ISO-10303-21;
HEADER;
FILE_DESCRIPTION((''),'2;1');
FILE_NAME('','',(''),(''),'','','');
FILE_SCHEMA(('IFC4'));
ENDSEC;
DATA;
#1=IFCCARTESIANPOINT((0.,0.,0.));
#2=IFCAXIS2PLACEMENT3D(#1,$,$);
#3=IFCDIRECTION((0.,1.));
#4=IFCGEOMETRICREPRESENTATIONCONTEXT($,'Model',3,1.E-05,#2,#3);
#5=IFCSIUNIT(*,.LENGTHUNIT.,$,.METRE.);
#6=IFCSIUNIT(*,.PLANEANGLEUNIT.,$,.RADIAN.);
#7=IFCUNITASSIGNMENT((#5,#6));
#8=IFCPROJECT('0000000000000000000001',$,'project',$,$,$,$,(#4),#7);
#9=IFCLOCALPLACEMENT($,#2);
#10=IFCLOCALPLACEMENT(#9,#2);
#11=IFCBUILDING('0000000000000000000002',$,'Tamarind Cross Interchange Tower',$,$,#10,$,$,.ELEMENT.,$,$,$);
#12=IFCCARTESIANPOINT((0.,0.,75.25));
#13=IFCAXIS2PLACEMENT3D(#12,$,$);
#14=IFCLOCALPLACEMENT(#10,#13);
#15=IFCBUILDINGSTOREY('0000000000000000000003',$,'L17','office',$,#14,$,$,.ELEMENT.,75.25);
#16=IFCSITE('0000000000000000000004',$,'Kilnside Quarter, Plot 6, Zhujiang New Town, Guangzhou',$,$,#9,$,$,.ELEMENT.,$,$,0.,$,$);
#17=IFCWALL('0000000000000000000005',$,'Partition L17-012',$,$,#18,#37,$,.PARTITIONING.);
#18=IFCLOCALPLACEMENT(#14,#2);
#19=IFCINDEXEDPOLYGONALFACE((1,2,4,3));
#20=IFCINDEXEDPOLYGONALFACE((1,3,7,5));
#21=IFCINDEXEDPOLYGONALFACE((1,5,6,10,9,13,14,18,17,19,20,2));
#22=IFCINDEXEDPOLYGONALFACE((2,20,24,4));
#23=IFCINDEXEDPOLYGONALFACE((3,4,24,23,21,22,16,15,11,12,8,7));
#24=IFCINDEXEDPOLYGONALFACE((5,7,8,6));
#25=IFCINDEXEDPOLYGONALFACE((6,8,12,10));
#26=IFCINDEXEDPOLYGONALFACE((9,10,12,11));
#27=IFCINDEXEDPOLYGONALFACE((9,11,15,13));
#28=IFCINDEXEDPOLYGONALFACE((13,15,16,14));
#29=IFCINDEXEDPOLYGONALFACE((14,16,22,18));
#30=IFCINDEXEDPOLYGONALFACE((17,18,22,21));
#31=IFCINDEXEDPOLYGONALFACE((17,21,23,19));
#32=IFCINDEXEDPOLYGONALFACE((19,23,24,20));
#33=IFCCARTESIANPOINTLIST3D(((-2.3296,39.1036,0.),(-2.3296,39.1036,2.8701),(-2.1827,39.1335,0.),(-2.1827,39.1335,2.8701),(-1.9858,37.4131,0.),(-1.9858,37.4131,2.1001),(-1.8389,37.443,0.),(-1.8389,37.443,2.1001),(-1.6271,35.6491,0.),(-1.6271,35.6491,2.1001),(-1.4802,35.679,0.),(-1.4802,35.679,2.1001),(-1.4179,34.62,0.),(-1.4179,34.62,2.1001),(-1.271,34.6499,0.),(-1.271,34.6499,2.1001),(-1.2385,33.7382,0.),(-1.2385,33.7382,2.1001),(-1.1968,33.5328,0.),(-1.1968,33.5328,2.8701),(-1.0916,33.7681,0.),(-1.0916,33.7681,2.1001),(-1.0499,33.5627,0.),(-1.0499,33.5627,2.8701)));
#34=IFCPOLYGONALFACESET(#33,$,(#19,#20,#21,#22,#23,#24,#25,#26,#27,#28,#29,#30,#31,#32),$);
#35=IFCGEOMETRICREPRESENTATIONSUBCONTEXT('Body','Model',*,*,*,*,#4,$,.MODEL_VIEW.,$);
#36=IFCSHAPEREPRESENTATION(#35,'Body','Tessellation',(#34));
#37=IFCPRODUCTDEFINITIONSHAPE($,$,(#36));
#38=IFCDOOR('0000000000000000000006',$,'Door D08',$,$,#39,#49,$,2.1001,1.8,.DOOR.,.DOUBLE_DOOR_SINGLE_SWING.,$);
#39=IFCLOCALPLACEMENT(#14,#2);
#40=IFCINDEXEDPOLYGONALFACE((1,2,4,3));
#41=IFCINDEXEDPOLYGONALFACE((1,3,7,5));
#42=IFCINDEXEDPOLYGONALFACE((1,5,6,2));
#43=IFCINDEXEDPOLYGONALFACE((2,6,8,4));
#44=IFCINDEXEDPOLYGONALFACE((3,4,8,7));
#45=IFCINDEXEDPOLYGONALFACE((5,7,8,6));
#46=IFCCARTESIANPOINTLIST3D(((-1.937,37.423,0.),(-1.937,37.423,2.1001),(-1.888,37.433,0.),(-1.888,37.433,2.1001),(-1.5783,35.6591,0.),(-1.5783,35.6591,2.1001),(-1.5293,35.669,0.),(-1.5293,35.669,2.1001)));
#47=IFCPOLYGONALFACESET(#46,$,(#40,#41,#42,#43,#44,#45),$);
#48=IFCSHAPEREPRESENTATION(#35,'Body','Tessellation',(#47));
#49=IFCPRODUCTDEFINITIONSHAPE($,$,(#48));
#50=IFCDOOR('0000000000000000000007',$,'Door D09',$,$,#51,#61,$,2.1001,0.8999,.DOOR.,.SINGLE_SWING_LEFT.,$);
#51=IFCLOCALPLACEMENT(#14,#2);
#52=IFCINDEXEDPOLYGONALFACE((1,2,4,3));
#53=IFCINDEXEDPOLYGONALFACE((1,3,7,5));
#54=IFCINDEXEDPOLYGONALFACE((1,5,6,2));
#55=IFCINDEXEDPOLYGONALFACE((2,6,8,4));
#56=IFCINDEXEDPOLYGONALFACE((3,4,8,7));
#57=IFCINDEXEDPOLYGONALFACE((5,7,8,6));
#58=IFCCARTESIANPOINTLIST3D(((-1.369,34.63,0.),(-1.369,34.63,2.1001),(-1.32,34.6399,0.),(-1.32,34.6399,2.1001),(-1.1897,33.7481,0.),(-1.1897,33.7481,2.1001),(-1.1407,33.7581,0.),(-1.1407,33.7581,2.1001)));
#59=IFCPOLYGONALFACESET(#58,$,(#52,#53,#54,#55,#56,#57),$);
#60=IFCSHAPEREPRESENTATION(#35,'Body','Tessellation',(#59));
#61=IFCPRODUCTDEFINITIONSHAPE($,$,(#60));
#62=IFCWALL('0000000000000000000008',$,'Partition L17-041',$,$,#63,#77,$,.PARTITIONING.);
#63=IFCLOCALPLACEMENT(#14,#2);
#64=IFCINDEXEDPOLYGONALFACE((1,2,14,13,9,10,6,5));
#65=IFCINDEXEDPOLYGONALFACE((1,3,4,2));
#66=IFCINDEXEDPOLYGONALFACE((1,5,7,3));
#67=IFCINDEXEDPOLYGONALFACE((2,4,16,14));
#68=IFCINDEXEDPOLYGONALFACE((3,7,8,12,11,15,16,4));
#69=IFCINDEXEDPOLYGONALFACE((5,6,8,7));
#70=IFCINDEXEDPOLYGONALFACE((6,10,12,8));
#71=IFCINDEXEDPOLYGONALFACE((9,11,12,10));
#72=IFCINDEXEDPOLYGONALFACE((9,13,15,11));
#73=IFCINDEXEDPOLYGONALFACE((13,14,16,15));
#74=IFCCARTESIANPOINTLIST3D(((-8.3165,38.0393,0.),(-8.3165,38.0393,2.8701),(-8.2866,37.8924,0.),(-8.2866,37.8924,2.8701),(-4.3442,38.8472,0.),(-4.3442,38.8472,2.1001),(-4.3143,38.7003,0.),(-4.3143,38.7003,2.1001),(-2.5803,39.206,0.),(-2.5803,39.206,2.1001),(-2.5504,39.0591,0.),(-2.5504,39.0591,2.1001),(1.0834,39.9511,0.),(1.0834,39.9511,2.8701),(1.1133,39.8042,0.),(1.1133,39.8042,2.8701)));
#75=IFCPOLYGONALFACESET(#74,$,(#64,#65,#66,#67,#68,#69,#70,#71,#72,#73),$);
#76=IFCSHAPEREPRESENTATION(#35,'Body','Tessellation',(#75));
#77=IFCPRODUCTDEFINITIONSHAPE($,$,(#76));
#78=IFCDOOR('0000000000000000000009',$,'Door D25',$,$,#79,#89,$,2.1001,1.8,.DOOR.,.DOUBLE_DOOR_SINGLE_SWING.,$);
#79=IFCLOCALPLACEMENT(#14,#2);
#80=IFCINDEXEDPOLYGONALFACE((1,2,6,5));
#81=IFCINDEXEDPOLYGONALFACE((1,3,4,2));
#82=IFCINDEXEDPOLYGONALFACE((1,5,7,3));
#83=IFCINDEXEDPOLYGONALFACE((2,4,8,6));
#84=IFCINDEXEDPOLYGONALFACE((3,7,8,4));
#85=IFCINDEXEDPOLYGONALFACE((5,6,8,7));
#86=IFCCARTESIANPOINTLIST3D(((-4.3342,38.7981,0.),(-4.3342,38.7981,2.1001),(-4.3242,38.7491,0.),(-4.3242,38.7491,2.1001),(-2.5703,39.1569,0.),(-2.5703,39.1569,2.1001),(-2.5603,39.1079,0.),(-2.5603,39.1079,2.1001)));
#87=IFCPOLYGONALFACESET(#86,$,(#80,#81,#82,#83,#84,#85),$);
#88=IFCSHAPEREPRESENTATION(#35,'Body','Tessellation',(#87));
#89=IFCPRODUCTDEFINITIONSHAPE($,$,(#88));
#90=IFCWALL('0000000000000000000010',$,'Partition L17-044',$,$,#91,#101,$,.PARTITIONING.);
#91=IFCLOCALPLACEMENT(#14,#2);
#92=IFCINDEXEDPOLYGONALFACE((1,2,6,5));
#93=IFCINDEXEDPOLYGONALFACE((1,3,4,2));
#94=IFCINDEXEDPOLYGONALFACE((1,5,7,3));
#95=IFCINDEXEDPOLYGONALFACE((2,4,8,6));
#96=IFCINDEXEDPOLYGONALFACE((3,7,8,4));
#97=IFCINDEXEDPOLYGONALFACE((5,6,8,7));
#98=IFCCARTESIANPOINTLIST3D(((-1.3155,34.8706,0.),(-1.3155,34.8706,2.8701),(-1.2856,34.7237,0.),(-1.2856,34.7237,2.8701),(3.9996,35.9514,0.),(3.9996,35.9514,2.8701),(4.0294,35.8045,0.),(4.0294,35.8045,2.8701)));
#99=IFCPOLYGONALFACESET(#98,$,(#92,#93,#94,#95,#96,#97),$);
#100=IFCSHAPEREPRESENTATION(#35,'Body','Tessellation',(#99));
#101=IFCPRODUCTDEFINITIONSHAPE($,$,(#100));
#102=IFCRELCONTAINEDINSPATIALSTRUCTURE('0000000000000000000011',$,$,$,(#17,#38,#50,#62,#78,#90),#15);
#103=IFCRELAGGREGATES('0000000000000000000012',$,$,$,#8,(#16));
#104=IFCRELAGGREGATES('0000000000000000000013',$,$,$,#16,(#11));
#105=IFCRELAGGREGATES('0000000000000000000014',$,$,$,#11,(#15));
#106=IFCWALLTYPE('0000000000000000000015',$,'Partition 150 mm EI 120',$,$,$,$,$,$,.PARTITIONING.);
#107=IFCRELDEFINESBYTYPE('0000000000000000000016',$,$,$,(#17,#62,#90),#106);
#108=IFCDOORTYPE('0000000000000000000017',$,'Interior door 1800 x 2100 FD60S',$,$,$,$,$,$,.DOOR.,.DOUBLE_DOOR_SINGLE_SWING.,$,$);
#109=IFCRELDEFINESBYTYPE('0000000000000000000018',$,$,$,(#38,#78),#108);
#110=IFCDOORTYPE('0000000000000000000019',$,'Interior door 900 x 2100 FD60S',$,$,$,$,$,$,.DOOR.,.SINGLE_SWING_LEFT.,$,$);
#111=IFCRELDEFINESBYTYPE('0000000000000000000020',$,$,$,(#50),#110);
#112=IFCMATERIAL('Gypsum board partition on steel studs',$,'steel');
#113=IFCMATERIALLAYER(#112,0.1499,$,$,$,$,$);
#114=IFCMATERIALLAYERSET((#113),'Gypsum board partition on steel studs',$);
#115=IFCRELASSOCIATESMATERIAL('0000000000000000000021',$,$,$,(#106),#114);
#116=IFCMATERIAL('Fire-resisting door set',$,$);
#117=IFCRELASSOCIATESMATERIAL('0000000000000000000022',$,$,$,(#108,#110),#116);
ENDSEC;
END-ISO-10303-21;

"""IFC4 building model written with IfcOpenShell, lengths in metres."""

from ifc_helpers import new_model, si_unit, direction, frame, frame_2d, origin, place, context, subcontext, project, spatial, rectangle, extrude, material, layer, layer_set, type_object, element, fill, save


model = new_model("IFC4")

# Units and contexts
model_context = context("Model", 3, precision=1e-05, world=origin(), true_north=direction((0.0, 1.0)))
body_context = subcontext(model_context, "Body", "Model", "MODEL_VIEW")
ifc_project = project(units=[si_unit("LENGTHUNIT", "METRE"), si_unit("PLANEANGLEUNIT", "RADIAN")], contexts=[model_context])

# Site, building, storey
site_placement = place(None, origin())
site = spatial("IfcSite", under=ifc_project, at=site_placement, Name="Kilnside Quarter, Plot 6, Zhujiang New Town, Guangzhou", CompositionType="ELEMENT", RefElevation=0.0)
building_placement = place(site_placement, origin())
building = spatial("IfcBuilding", under=site, at=building_placement, Name="Tamarind Cross Interchange Tower", CompositionType="ELEMENT")
storey_placement = place(building_placement, frame((0.0, 0.0, 75.25)))
storey = spatial("IfcBuildingStorey", under=building, at=storey_placement, Name="L17", Description="office", CompositionType="ELEMENT", Elevation=75.25)

# Shared definitions
ifc_material_1 = material(Name="Gypsum board partition on steel studs", Category="steel")

# Wall, openings, doors
ifc_layer_1 = layer(ifc_material_1, 0.1499)
ifc_layer_set_1 = layer_set([ifc_layer_1], Name="Gypsum board partition on steel studs")
wall_type_1 = type_object("IfcWallType", Name="Partition 150 mm EI 120", PredefinedType="PARTITIONING", material=ifc_layer_set_1)
ifc_material_2 = material(Name="Fire-resisting door set")
door_type_1 = type_object("IfcDoorType", Name="Interior door 1800 x 2100 FD60S", OperationType="DOUBLE_DOOR_SINGLE_SWING", PredefinedType="DOOR", material=ifc_material_2)
door_type_2 = type_object("IfcDoorType", Name="Interior door 900 x 2100 FD60S", OperationType="SINGLE_SWING_LEFT", PredefinedType="DOOR", material=ifc_material_2)
wall_1_placement = place(storey_placement, frame((-2.2561, 39.1184, 0.0), z_axis=(0.0, 0.0, 1.0), x_axis=(0.19927, -0.979945, 0.0)))
wall_1 = element("IfcWall", 1, at=wall_1_placement, inside=storey, type_object=wall_type_1, Name="Partition L17-012", PredefinedType="PARTITIONING", context=body_context, shape_type="SweptSolid", body=[
    extrude(rectangle(XDim=5.6848, YDim=0.1499, at=frame_2d((2.8423, 0.0))), origin(), (0.0, 0.0, 1.0), 2.8701),
])
opening_1_placement = place(wall_1_placement, frame((1.7251, 0.0, 0.0)))
opening_1 = element("IfcOpeningElement", 2, at=opening_1_placement, cuts=wall_1, PredefinedType="OPENING", context=body_context, shape_type="SweptSolid", body=[
    extrude(rectangle(XDim=1.8, YDim=2.1001, at=frame_2d((0.8999, 1.05))), frame((0.0, 0.085, 0.0), z_axis=(0.0, -1.0, 0.0), x_axis=(1.0, 0.0, 0.0)), (0.0, 0.0, 1.0), 0.1699),
])
opening_2_placement = place(wall_1_placement, frame((4.5752, 0.0, 0.0)))
opening_2 = element("IfcOpeningElement", 3, at=opening_2_placement, cuts=wall_1, PredefinedType="OPENING", context=body_context, shape_type="SweptSolid", body=[
    extrude(rectangle(XDim=0.8999, YDim=2.1001, at=frame_2d((0.45, 1.05))), frame((0.0, 0.085, 0.0), z_axis=(0.0, -1.0, 0.0), x_axis=(1.0, 0.0, 0.0)), (0.0, 0.0, 1.0), 0.1699),
])
door_1_placement = place(opening_1_placement, origin())
door_1 = element("IfcDoor", 4, at=door_1_placement, inside=storey, type_object=door_type_1, Name="Door D08", OperationType="DOUBLE_DOOR_SINGLE_SWING", OverallHeight=2.1001, OverallWidth=1.8, PredefinedType="DOOR", context=body_context, shape_type="SweptSolid", body=[
    extrude(rectangle(XDim=1.8, YDim=2.1001, at=frame_2d((0.8999, 1.05))), frame((0.0, 0.0249, 0.0), z_axis=(0.0, -1.0, 0.0), x_axis=(1.0, 0.0, 0.0)), (0.0, 0.0, 1.0), 0.05),
])
fill(opening_1, door_1)
door_2_placement = place(opening_2_placement, origin())
door_2 = element("IfcDoor", 5, at=door_2_placement, inside=storey, type_object=door_type_2, Name="Door D09", OperationType="SINGLE_SWING_LEFT", OverallHeight=2.1001, OverallWidth=0.8999, PredefinedType="DOOR", context=body_context, shape_type="SweptSolid", body=[
    extrude(rectangle(XDim=0.8999, YDim=2.1001, at=frame_2d((0.45, 1.05))), frame((0.0, 0.0249, 0.0), z_axis=(0.0, -1.0, 0.0), x_axis=(1.0, 0.0, 0.0)), (0.0, 0.0, 1.0), 0.05),
])
fill(opening_2, door_2)

# Wall, opening, door
wall_2_placement = place(storey_placement, frame((-8.3015, 37.9658, 0.0), z_axis=(0.0, 0.0, 1.0), x_axis=(0.979936, 0.199311, 0.0)))
wall_2 = element("IfcWall", 6, at=wall_2_placement, inside=storey, type_object=wall_type_1, Name="Partition L17-041", PredefinedType="PARTITIONING", context=body_context, shape_type="SweptSolid", body=[
    extrude(rectangle(XDim=9.5923, YDim=0.1499, at=frame_2d((4.7961, 0.0))), origin(), (0.0, 0.0, 1.0), 2.8701),
])
opening_3_placement = place(wall_2_placement, frame((4.0537, 0.0, 0.0)))
opening_3 = element("IfcOpeningElement", 7, at=opening_3_placement, cuts=wall_2, PredefinedType="OPENING", context=body_context, shape_type="SweptSolid", body=[
    extrude(rectangle(XDim=1.8, YDim=2.1001, at=frame_2d((0.8999, 1.05))), frame((0.0, 0.085, 0.0), z_axis=(0.0, -1.0, 0.0), x_axis=(1.0, 0.0, 0.0)), (0.0, 0.0, 1.0), 0.1699),
])
door_3_placement = place(opening_3_placement, origin())
door_3 = element("IfcDoor", 8, at=door_3_placement, inside=storey, type_object=door_type_1, Name="Door D25", OperationType="DOUBLE_DOOR_SINGLE_SWING", OverallHeight=2.1001, OverallWidth=1.8, PredefinedType="DOOR", context=body_context, shape_type="SweptSolid", body=[
    extrude(rectangle(XDim=1.8, YDim=2.1001, at=frame_2d((0.8999, 1.05))), frame((0.0, 0.0249, 0.0), z_axis=(0.0, -1.0, 0.0), x_axis=(1.0, 0.0, 0.0)), (0.0, 0.0, 1.0), 0.05),
])
fill(opening_3, door_3)

# Wall
wall_3_placement = place(storey_placement, frame((-1.3005, 34.7971, 0.0), z_axis=(0.0, 0.0, 1.0), x_axis=(0.979944, 0.199275, 0.0)))
element("IfcWall", 9, at=wall_3_placement, inside=storey, type_object=wall_type_1, Name="Partition L17-044", PredefinedType="PARTITIONING", context=body_context, shape_type="SweptSolid", body=[
    extrude(rectangle(XDim=5.4238, YDim=0.1499, at=frame_2d((2.7119, 0.0))), origin(), (0.0, 0.0, 1.0), 2.8701),
])

save(model, "model.ifc")
